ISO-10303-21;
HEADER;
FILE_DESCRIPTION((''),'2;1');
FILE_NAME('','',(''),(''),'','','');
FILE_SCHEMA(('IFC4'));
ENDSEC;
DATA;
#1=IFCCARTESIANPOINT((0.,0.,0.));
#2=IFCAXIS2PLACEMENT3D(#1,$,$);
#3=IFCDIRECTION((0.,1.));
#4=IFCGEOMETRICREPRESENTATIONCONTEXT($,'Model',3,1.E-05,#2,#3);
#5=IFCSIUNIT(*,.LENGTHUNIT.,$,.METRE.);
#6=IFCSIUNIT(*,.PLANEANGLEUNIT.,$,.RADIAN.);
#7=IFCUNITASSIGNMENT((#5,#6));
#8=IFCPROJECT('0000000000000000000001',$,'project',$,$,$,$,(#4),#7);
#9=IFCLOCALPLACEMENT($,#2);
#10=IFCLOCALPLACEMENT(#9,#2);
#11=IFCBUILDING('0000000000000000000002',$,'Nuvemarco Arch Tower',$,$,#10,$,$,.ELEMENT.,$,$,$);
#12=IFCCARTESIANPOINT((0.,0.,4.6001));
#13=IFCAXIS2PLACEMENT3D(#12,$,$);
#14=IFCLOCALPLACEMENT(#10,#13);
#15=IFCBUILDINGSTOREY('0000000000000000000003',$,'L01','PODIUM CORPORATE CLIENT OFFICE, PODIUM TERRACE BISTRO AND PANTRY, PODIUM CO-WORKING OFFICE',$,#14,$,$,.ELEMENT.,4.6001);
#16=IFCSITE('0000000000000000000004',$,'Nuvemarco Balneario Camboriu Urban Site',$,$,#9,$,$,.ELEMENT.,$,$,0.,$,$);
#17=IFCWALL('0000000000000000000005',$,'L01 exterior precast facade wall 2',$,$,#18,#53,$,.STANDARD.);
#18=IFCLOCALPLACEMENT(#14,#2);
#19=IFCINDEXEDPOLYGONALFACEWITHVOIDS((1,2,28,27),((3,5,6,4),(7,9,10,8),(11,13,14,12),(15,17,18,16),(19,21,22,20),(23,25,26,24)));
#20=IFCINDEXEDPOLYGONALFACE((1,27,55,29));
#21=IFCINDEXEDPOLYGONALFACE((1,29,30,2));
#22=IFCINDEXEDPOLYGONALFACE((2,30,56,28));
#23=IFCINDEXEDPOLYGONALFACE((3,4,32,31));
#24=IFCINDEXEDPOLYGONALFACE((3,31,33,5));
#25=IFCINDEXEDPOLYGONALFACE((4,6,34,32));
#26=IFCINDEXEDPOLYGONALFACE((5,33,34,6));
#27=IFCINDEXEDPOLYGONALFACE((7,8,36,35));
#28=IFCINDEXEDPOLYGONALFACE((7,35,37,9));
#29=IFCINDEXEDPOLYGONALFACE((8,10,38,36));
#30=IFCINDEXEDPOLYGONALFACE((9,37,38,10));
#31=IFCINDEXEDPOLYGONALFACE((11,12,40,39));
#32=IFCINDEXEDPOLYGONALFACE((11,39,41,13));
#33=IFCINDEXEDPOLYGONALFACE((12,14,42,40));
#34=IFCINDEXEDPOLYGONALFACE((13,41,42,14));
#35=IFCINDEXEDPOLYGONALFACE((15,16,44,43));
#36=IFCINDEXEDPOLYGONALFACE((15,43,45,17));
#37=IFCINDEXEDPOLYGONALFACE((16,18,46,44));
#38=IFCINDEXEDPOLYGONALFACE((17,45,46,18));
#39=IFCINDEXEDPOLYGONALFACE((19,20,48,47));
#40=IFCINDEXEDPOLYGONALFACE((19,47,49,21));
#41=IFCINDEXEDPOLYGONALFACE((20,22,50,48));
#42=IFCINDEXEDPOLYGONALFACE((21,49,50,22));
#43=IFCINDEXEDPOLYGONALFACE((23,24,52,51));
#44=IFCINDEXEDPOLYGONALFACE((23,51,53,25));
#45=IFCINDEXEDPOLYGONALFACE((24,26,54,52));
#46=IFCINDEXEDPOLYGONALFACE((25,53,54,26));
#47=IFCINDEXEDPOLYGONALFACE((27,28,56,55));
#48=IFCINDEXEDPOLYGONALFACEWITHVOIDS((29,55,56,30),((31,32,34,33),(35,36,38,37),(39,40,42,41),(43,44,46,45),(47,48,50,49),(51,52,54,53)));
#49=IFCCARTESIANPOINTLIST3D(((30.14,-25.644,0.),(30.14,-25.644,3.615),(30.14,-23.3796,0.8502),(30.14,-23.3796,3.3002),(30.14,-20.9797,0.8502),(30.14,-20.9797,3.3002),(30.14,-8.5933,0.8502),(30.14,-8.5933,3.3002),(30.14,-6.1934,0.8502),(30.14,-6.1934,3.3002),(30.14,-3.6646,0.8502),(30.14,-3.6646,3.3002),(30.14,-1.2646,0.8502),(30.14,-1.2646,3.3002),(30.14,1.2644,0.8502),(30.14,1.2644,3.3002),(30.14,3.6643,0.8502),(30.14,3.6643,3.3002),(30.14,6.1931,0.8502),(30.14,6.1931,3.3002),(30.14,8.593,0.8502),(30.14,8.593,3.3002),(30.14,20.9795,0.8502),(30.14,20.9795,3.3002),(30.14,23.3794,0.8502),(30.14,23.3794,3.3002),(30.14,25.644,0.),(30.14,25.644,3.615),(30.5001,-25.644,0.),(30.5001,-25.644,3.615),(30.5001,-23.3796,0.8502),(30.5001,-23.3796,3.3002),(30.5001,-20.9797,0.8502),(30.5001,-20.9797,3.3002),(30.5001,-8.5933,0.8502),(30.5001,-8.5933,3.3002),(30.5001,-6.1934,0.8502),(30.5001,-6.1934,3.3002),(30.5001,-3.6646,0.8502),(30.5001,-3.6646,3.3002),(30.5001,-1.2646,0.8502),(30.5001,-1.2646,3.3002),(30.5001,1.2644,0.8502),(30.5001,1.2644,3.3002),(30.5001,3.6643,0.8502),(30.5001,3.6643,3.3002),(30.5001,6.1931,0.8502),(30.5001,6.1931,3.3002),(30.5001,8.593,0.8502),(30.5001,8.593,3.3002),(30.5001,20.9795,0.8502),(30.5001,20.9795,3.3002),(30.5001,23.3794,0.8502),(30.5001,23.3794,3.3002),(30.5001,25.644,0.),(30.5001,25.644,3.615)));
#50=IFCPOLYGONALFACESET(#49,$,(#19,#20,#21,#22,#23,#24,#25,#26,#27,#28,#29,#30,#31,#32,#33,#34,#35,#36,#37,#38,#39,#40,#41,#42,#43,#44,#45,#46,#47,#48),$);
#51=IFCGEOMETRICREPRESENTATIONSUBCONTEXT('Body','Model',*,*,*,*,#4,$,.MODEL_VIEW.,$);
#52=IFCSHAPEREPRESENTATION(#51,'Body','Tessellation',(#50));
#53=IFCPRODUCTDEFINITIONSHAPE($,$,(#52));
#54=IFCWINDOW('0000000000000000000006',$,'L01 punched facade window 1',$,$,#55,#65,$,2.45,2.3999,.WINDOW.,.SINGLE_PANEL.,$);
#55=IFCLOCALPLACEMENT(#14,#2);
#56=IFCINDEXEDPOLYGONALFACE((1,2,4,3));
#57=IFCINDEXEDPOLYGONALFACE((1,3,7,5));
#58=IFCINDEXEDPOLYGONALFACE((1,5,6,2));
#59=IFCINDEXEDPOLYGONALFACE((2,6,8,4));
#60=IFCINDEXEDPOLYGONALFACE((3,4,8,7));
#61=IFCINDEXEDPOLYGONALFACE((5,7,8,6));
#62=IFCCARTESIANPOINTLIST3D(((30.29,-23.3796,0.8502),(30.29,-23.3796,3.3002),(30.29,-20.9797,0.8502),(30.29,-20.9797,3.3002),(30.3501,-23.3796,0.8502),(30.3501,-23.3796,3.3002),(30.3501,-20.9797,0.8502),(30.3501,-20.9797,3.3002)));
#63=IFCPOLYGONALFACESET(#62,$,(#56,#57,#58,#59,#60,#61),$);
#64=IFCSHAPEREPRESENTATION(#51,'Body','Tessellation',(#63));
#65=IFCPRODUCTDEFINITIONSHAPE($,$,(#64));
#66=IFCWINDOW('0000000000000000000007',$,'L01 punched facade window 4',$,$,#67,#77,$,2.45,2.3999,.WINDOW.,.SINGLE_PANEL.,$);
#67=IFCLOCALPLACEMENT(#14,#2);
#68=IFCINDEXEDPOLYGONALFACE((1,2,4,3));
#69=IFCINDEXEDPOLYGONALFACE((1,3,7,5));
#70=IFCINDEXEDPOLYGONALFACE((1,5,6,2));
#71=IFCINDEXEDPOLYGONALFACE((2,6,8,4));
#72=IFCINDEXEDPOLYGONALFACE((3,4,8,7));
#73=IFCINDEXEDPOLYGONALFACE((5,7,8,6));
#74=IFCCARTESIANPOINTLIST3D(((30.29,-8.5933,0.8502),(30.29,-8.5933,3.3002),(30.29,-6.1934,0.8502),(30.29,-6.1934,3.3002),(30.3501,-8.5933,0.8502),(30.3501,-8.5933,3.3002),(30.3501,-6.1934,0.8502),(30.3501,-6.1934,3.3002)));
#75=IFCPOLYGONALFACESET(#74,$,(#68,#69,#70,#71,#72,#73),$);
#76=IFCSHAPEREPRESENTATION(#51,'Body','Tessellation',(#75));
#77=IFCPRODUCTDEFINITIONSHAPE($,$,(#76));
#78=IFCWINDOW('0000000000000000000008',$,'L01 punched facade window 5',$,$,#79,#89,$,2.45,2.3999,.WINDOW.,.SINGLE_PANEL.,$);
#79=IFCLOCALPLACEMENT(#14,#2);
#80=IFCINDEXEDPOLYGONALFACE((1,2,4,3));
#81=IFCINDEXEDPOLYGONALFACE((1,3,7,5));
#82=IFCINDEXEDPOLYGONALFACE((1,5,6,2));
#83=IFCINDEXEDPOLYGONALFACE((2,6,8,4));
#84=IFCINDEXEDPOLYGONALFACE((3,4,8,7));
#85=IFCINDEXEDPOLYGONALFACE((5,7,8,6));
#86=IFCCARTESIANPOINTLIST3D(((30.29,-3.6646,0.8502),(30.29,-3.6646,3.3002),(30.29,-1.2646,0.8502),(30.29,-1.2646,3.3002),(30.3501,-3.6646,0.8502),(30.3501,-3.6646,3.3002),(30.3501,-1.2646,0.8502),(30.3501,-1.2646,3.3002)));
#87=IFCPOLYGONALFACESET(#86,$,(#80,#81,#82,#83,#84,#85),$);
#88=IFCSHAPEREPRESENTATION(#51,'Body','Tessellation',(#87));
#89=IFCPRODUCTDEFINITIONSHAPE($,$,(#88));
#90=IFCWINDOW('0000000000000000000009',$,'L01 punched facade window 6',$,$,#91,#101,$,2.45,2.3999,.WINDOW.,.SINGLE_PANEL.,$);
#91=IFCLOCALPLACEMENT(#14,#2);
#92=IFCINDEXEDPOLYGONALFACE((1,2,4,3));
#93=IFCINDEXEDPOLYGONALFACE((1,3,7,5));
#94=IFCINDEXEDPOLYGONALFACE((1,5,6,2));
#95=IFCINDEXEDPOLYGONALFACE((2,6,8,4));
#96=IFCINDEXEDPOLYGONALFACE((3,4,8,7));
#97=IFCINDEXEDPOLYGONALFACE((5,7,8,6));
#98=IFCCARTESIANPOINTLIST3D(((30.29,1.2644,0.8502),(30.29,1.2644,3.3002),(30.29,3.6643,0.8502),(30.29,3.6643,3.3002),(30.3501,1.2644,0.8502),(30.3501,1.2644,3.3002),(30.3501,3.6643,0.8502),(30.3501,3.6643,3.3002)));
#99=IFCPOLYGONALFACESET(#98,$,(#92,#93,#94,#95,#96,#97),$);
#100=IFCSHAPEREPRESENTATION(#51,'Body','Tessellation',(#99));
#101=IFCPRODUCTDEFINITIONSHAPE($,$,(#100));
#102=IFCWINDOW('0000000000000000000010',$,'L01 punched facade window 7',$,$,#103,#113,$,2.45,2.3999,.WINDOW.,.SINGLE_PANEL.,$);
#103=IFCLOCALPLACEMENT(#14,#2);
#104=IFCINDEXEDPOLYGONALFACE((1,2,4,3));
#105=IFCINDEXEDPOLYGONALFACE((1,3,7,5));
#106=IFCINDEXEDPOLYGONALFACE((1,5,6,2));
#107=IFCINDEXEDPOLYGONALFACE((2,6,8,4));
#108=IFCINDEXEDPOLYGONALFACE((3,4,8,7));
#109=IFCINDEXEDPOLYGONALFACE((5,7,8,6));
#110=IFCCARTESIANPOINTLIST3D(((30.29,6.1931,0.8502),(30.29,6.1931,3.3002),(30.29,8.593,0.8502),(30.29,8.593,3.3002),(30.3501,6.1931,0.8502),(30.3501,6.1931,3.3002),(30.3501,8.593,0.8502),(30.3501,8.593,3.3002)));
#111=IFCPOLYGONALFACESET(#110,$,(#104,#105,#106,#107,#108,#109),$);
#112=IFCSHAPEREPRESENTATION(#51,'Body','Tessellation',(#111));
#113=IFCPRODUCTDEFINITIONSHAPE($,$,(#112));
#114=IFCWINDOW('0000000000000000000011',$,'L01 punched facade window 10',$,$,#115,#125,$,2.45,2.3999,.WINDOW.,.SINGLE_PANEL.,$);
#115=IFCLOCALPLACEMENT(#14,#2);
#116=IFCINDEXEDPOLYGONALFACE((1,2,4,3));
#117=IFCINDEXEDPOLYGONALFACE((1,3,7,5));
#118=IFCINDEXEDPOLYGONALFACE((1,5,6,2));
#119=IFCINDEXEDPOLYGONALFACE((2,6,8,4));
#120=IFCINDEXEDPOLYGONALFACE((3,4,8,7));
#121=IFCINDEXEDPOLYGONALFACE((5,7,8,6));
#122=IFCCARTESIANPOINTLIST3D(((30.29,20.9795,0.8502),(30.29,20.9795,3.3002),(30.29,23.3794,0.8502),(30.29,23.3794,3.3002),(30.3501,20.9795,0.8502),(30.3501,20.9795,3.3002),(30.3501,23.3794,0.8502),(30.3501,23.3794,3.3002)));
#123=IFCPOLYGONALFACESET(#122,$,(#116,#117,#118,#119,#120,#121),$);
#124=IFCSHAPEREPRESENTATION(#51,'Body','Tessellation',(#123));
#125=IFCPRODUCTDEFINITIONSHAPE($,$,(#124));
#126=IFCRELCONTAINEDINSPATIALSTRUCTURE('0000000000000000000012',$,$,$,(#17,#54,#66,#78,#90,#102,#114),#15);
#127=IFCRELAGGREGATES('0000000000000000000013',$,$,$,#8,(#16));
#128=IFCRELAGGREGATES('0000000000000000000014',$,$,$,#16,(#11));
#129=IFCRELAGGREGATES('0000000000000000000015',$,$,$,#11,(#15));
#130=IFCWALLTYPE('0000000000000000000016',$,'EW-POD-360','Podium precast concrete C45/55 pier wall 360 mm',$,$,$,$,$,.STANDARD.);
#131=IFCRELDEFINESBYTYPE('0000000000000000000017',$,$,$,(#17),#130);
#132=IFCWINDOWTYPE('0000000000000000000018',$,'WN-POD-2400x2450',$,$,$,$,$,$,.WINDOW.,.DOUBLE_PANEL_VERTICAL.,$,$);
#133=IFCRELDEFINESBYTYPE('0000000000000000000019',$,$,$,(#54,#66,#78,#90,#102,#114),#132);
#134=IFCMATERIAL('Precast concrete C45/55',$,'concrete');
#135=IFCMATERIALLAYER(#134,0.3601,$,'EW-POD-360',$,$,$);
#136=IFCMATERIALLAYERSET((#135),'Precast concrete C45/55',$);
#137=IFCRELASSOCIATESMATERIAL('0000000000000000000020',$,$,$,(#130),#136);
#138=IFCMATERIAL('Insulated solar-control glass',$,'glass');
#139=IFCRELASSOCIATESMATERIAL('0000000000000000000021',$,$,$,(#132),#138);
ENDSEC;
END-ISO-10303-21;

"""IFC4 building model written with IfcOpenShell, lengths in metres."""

from ifc_helpers import new_model, si_unit, direction, frame, frame_2d, origin, place, context, subcontext, project, spatial, rectangle, extrude, source, transform, mapped, material, layer, layer_set, type_object, type_shapes, element, fill, save


model = new_model("IFC4")

# Units and contexts
model_context = context("Model", 3, precision=1e-05, world=origin(), true_north=direction((0.0, 1.0)))
body_context = subcontext(model_context, "Body", "Model", "MODEL_VIEW")
ifc_project = project(units=[si_unit("LENGTHUNIT", "METRE"), si_unit("PLANEANGLEUNIT", "RADIAN")], contexts=[model_context])

# Site, building, storey
site_placement = place(None, origin())
site = spatial("IfcSite", under=ifc_project, at=site_placement, Name="Nuvemarco Balneario Camboriu Urban Site", CompositionType="ELEMENT", RefElevation=0.0)
building_placement = place(site_placement, origin())
building = spatial("IfcBuilding", under=site, at=building_placement, Name="Nuvemarco Arch Tower", CompositionType="ELEMENT")
storey_placement = place(building_placement, frame((0.0, 0.0, 4.6001)))
storey = spatial("IfcBuildingStorey", under=building, at=storey_placement, Name="L01", Description="PODIUM CORPORATE CLIENT OFFICE, PODIUM TERRACE BISTRO AND PANTRY, PODIUM CO-WORKING OFFICE", CompositionType="ELEMENT", Elevation=4.6001)

# Shared definitions
ifc_material_1 = material(Name="Precast concrete C45/55", Category="concrete")

# Shared definitions
ifc_layer_1 = layer(ifc_material_1, 0.3601, Name="EW-POD-360")
ifc_layer_set_1 = layer_set([ifc_layer_1], Name="Precast concrete C45/55")
wall_type_1 = type_object("IfcWallType", Name="EW-POD-360", Description="Podium precast concrete C45/55 pier wall 360 mm", PredefinedType="STANDARD", material=ifc_layer_set_1)
ifc_material_2 = material(Name="Insulated solar-control glass", Category="glass")

# Wall, openings, windows
wall_1_placement = place(storey_placement, frame((30.3201, -25.644, 0.0), z_axis=(0.0, 0.0, 1.0), x_axis=(0.0, 1.0, 0.0)))
wall_1 = element("IfcWall", 1, at=wall_1_placement, inside=storey, type_object=wall_type_1, Name="L01 exterior precast facade wall 2", PredefinedType="STANDARD", context=body_context, shape_type="SweptSolid", body=[
    extrude(rectangle(XDim=51.2881, YDim=0.3601, at=frame_2d((25.644, 0.0))), origin(), (0.0, 0.0, 1.0), 3.615),
])
opening_1_placement = place(wall_1_placement, frame((2.2644, 0.0, 0.8501)))
opening_1 = element("IfcOpeningElement", 2, at=opening_1_placement, cuts=wall_1, PredefinedType="OPENING", context=body_context, shape_type="SweptSolid", body=[
    extrude(rectangle(XDim=2.3999, YDim=2.45, at=frame_2d((1.2, 1.2251))), frame((0.0, 0.1899, 0.0), z_axis=(0.0, -1.0, 0.0), x_axis=(1.0, 0.0, 0.0)), (0.0, 0.0, 1.0), 0.3801),
])
opening_2_placement = place(wall_1_placement, frame((17.0508, 0.0, 0.8501)))
opening_2 = element("IfcOpeningElement", 3, at=opening_2_placement, cuts=wall_1, PredefinedType="OPENING", context=body_context, shape_type="SweptSolid", body=[
    extrude(rectangle(XDim=2.3999, YDim=2.45, at=frame_2d((1.2, 1.2251))), frame((0.0, 0.1899, 0.0), z_axis=(0.0, -1.0, 0.0), x_axis=(1.0, 0.0, 0.0)), (0.0, 0.0, 1.0), 0.3801),
])
opening_3_placement = place(wall_1_placement, frame((21.9795, 0.0, 0.8501)))
opening_3 = element("IfcOpeningElement", 4, at=opening_3_placement, cuts=wall_1, PredefinedType="OPENING", context=body_context, shape_type="SweptSolid", body=[
    extrude(rectangle(XDim=2.3999, YDim=2.45, at=frame_2d((1.2, 1.2251))), frame((0.0, 0.1899, 0.0), z_axis=(0.0, -1.0, 0.0), x_axis=(1.0, 0.0, 0.0)), (0.0, 0.0, 1.0), 0.3801),
])
opening_4_placement = place(wall_1_placement, frame((26.9084, 0.0, 0.8501)))
opening_4 = element("IfcOpeningElement", 5, at=opening_4_placement, cuts=wall_1, PredefinedType="OPENING", context=body_context, shape_type="SweptSolid", body=[
    extrude(rectangle(XDim=2.3999, YDim=2.45, at=frame_2d((1.2, 1.2251))), frame((0.0, 0.1899, 0.0), z_axis=(0.0, -1.0, 0.0), x_axis=(1.0, 0.0, 0.0)), (0.0, 0.0, 1.0), 0.3801),
])
opening_5_placement = place(wall_1_placement, frame((31.8372, 0.0, 0.8501)))
opening_5 = element("IfcOpeningElement", 6, at=opening_5_placement, cuts=wall_1, PredefinedType="OPENING", context=body_context, shape_type="SweptSolid", body=[
    extrude(rectangle(XDim=2.3999, YDim=2.45, at=frame_2d((1.2, 1.2251))), frame((0.0, 0.1899, 0.0), z_axis=(0.0, -1.0, 0.0), x_axis=(1.0, 0.0, 0.0)), (0.0, 0.0, 1.0), 0.3801),
])
opening_6_placement = place(wall_1_placement, frame((46.6235, 0.0, 0.8501)))
opening_6 = element("IfcOpeningElement", 7, at=opening_6_placement, cuts=wall_1, PredefinedType="OPENING", context=body_context, shape_type="SweptSolid", body=[
    extrude(rectangle(XDim=2.3999, YDim=2.45, at=frame_2d((1.2, 1.2251))), frame((0.0, 0.1899, 0.0), z_axis=(0.0, -1.0, 0.0), x_axis=(1.0, 0.0, 0.0)), (0.0, 0.0, 1.0), 0.3801),
])
window_type_1 = type_object("IfcWindowType", Name="WN-POD-2400x2450", PartitioningType="DOUBLE_PANEL_VERTICAL", PredefinedType="WINDOW", material=ifc_material_2)
shared_shape_1 = source(origin(), body_context, "Body", "SweptSolid", [
    extrude(rectangle(XDim=2.3999, YDim=2.45, at=frame_2d((1.2, 1.2251))), frame((0.0, 0.03, 0.0), z_axis=(0.0, -1.0, 0.0), x_axis=(1.0, 0.0, 0.0)), (0.0, 0.0, 1.0), 0.0601),
])
type_shapes(window_type_1, [shared_shape_1])
window_1_placement = place(opening_1_placement, origin())
window_1 = element("IfcWindow", 8, at=window_1_placement, inside=storey, type_object=window_type_1, Name="L01 punched facade window 1", OverallHeight=2.45, OverallWidth=2.3999, PartitioningType="SINGLE_PANEL", PredefinedType="WINDOW", context=body_context, shape_type="MappedRepresentation", body=[
    mapped(shared_shape_1, transform((0.0, 0.0, 0.0), scale=1.0)),
])
fill(opening_1, window_1)
window_2_placement = place(opening_2_placement, origin())
window_2 = element("IfcWindow", 9, at=window_2_placement, inside=storey, type_object=window_type_1, Name="L01 punched facade window 4", OverallHeight=2.45, OverallWidth=2.3999, PartitioningType="SINGLE_PANEL", PredefinedType="WINDOW", context=body_context, shape_type="MappedRepresentation", body=[
    mapped(shared_shape_1, transform((0.0, 0.0, 0.0), scale=1.0)),
])
fill(opening_2, window_2)
window_3_placement = place(opening_3_placement, origin())
window_3 = element("IfcWindow", 10, at=window_3_placement, inside=storey, type_object=window_type_1, Name="L01 punched facade window 5", OverallHeight=2.45, OverallWidth=2.3999, PartitioningType="SINGLE_PANEL", PredefinedType="WINDOW", context=body_context, shape_type="MappedRepresentation", body=[
    mapped(shared_shape_1, transform((0.0, 0.0, 0.0), scale=1.0)),
])
fill(opening_3, window_3)
window_4_placement = place(opening_4_placement, origin())
window_4 = element("IfcWindow", 11, at=window_4_placement, inside=storey, type_object=window_type_1, Name="L01 punched facade window 6", OverallHeight=2.45, OverallWidth=2.3999, PartitioningType="SINGLE_PANEL", PredefinedType="WINDOW", context=body_context, shape_type="MappedRepresentation", body=[
    mapped(shared_shape_1, transform((0.0, 0.0, 0.0), scale=1.0)),
])
fill(opening_4, window_4)
window_5_placement = place(opening_5_placement, origin())
window_5 = element("IfcWindow", 12, at=window_5_placement, inside=storey, type_object=window_type_1, Name="L01 punched facade window 7", OverallHeight=2.45, OverallWidth=2.3999, PartitioningType="SINGLE_PANEL", PredefinedType="WINDOW", context=body_context, shape_type="MappedRepresentation", body=[
    mapped(shared_shape_1, transform((0.0, 0.0, 0.0), scale=1.0)),
])
fill(opening_5, window_5)
window_6_placement = place(opening_6_placement, origin())
window_6 = element("IfcWindow", 13, at=window_6_placement, inside=storey, type_object=window_type_1, Name="L01 punched facade window 10", OverallHeight=2.45, OverallWidth=2.3999, PartitioningType="SINGLE_PANEL", PredefinedType="WINDOW", context=body_context, shape_type="MappedRepresentation", body=[
    mapped(shared_shape_1, transform((0.0, 0.0, 0.0), scale=1.0)),
])
fill(opening_6, window_6)

save(model, "model.ifc")
